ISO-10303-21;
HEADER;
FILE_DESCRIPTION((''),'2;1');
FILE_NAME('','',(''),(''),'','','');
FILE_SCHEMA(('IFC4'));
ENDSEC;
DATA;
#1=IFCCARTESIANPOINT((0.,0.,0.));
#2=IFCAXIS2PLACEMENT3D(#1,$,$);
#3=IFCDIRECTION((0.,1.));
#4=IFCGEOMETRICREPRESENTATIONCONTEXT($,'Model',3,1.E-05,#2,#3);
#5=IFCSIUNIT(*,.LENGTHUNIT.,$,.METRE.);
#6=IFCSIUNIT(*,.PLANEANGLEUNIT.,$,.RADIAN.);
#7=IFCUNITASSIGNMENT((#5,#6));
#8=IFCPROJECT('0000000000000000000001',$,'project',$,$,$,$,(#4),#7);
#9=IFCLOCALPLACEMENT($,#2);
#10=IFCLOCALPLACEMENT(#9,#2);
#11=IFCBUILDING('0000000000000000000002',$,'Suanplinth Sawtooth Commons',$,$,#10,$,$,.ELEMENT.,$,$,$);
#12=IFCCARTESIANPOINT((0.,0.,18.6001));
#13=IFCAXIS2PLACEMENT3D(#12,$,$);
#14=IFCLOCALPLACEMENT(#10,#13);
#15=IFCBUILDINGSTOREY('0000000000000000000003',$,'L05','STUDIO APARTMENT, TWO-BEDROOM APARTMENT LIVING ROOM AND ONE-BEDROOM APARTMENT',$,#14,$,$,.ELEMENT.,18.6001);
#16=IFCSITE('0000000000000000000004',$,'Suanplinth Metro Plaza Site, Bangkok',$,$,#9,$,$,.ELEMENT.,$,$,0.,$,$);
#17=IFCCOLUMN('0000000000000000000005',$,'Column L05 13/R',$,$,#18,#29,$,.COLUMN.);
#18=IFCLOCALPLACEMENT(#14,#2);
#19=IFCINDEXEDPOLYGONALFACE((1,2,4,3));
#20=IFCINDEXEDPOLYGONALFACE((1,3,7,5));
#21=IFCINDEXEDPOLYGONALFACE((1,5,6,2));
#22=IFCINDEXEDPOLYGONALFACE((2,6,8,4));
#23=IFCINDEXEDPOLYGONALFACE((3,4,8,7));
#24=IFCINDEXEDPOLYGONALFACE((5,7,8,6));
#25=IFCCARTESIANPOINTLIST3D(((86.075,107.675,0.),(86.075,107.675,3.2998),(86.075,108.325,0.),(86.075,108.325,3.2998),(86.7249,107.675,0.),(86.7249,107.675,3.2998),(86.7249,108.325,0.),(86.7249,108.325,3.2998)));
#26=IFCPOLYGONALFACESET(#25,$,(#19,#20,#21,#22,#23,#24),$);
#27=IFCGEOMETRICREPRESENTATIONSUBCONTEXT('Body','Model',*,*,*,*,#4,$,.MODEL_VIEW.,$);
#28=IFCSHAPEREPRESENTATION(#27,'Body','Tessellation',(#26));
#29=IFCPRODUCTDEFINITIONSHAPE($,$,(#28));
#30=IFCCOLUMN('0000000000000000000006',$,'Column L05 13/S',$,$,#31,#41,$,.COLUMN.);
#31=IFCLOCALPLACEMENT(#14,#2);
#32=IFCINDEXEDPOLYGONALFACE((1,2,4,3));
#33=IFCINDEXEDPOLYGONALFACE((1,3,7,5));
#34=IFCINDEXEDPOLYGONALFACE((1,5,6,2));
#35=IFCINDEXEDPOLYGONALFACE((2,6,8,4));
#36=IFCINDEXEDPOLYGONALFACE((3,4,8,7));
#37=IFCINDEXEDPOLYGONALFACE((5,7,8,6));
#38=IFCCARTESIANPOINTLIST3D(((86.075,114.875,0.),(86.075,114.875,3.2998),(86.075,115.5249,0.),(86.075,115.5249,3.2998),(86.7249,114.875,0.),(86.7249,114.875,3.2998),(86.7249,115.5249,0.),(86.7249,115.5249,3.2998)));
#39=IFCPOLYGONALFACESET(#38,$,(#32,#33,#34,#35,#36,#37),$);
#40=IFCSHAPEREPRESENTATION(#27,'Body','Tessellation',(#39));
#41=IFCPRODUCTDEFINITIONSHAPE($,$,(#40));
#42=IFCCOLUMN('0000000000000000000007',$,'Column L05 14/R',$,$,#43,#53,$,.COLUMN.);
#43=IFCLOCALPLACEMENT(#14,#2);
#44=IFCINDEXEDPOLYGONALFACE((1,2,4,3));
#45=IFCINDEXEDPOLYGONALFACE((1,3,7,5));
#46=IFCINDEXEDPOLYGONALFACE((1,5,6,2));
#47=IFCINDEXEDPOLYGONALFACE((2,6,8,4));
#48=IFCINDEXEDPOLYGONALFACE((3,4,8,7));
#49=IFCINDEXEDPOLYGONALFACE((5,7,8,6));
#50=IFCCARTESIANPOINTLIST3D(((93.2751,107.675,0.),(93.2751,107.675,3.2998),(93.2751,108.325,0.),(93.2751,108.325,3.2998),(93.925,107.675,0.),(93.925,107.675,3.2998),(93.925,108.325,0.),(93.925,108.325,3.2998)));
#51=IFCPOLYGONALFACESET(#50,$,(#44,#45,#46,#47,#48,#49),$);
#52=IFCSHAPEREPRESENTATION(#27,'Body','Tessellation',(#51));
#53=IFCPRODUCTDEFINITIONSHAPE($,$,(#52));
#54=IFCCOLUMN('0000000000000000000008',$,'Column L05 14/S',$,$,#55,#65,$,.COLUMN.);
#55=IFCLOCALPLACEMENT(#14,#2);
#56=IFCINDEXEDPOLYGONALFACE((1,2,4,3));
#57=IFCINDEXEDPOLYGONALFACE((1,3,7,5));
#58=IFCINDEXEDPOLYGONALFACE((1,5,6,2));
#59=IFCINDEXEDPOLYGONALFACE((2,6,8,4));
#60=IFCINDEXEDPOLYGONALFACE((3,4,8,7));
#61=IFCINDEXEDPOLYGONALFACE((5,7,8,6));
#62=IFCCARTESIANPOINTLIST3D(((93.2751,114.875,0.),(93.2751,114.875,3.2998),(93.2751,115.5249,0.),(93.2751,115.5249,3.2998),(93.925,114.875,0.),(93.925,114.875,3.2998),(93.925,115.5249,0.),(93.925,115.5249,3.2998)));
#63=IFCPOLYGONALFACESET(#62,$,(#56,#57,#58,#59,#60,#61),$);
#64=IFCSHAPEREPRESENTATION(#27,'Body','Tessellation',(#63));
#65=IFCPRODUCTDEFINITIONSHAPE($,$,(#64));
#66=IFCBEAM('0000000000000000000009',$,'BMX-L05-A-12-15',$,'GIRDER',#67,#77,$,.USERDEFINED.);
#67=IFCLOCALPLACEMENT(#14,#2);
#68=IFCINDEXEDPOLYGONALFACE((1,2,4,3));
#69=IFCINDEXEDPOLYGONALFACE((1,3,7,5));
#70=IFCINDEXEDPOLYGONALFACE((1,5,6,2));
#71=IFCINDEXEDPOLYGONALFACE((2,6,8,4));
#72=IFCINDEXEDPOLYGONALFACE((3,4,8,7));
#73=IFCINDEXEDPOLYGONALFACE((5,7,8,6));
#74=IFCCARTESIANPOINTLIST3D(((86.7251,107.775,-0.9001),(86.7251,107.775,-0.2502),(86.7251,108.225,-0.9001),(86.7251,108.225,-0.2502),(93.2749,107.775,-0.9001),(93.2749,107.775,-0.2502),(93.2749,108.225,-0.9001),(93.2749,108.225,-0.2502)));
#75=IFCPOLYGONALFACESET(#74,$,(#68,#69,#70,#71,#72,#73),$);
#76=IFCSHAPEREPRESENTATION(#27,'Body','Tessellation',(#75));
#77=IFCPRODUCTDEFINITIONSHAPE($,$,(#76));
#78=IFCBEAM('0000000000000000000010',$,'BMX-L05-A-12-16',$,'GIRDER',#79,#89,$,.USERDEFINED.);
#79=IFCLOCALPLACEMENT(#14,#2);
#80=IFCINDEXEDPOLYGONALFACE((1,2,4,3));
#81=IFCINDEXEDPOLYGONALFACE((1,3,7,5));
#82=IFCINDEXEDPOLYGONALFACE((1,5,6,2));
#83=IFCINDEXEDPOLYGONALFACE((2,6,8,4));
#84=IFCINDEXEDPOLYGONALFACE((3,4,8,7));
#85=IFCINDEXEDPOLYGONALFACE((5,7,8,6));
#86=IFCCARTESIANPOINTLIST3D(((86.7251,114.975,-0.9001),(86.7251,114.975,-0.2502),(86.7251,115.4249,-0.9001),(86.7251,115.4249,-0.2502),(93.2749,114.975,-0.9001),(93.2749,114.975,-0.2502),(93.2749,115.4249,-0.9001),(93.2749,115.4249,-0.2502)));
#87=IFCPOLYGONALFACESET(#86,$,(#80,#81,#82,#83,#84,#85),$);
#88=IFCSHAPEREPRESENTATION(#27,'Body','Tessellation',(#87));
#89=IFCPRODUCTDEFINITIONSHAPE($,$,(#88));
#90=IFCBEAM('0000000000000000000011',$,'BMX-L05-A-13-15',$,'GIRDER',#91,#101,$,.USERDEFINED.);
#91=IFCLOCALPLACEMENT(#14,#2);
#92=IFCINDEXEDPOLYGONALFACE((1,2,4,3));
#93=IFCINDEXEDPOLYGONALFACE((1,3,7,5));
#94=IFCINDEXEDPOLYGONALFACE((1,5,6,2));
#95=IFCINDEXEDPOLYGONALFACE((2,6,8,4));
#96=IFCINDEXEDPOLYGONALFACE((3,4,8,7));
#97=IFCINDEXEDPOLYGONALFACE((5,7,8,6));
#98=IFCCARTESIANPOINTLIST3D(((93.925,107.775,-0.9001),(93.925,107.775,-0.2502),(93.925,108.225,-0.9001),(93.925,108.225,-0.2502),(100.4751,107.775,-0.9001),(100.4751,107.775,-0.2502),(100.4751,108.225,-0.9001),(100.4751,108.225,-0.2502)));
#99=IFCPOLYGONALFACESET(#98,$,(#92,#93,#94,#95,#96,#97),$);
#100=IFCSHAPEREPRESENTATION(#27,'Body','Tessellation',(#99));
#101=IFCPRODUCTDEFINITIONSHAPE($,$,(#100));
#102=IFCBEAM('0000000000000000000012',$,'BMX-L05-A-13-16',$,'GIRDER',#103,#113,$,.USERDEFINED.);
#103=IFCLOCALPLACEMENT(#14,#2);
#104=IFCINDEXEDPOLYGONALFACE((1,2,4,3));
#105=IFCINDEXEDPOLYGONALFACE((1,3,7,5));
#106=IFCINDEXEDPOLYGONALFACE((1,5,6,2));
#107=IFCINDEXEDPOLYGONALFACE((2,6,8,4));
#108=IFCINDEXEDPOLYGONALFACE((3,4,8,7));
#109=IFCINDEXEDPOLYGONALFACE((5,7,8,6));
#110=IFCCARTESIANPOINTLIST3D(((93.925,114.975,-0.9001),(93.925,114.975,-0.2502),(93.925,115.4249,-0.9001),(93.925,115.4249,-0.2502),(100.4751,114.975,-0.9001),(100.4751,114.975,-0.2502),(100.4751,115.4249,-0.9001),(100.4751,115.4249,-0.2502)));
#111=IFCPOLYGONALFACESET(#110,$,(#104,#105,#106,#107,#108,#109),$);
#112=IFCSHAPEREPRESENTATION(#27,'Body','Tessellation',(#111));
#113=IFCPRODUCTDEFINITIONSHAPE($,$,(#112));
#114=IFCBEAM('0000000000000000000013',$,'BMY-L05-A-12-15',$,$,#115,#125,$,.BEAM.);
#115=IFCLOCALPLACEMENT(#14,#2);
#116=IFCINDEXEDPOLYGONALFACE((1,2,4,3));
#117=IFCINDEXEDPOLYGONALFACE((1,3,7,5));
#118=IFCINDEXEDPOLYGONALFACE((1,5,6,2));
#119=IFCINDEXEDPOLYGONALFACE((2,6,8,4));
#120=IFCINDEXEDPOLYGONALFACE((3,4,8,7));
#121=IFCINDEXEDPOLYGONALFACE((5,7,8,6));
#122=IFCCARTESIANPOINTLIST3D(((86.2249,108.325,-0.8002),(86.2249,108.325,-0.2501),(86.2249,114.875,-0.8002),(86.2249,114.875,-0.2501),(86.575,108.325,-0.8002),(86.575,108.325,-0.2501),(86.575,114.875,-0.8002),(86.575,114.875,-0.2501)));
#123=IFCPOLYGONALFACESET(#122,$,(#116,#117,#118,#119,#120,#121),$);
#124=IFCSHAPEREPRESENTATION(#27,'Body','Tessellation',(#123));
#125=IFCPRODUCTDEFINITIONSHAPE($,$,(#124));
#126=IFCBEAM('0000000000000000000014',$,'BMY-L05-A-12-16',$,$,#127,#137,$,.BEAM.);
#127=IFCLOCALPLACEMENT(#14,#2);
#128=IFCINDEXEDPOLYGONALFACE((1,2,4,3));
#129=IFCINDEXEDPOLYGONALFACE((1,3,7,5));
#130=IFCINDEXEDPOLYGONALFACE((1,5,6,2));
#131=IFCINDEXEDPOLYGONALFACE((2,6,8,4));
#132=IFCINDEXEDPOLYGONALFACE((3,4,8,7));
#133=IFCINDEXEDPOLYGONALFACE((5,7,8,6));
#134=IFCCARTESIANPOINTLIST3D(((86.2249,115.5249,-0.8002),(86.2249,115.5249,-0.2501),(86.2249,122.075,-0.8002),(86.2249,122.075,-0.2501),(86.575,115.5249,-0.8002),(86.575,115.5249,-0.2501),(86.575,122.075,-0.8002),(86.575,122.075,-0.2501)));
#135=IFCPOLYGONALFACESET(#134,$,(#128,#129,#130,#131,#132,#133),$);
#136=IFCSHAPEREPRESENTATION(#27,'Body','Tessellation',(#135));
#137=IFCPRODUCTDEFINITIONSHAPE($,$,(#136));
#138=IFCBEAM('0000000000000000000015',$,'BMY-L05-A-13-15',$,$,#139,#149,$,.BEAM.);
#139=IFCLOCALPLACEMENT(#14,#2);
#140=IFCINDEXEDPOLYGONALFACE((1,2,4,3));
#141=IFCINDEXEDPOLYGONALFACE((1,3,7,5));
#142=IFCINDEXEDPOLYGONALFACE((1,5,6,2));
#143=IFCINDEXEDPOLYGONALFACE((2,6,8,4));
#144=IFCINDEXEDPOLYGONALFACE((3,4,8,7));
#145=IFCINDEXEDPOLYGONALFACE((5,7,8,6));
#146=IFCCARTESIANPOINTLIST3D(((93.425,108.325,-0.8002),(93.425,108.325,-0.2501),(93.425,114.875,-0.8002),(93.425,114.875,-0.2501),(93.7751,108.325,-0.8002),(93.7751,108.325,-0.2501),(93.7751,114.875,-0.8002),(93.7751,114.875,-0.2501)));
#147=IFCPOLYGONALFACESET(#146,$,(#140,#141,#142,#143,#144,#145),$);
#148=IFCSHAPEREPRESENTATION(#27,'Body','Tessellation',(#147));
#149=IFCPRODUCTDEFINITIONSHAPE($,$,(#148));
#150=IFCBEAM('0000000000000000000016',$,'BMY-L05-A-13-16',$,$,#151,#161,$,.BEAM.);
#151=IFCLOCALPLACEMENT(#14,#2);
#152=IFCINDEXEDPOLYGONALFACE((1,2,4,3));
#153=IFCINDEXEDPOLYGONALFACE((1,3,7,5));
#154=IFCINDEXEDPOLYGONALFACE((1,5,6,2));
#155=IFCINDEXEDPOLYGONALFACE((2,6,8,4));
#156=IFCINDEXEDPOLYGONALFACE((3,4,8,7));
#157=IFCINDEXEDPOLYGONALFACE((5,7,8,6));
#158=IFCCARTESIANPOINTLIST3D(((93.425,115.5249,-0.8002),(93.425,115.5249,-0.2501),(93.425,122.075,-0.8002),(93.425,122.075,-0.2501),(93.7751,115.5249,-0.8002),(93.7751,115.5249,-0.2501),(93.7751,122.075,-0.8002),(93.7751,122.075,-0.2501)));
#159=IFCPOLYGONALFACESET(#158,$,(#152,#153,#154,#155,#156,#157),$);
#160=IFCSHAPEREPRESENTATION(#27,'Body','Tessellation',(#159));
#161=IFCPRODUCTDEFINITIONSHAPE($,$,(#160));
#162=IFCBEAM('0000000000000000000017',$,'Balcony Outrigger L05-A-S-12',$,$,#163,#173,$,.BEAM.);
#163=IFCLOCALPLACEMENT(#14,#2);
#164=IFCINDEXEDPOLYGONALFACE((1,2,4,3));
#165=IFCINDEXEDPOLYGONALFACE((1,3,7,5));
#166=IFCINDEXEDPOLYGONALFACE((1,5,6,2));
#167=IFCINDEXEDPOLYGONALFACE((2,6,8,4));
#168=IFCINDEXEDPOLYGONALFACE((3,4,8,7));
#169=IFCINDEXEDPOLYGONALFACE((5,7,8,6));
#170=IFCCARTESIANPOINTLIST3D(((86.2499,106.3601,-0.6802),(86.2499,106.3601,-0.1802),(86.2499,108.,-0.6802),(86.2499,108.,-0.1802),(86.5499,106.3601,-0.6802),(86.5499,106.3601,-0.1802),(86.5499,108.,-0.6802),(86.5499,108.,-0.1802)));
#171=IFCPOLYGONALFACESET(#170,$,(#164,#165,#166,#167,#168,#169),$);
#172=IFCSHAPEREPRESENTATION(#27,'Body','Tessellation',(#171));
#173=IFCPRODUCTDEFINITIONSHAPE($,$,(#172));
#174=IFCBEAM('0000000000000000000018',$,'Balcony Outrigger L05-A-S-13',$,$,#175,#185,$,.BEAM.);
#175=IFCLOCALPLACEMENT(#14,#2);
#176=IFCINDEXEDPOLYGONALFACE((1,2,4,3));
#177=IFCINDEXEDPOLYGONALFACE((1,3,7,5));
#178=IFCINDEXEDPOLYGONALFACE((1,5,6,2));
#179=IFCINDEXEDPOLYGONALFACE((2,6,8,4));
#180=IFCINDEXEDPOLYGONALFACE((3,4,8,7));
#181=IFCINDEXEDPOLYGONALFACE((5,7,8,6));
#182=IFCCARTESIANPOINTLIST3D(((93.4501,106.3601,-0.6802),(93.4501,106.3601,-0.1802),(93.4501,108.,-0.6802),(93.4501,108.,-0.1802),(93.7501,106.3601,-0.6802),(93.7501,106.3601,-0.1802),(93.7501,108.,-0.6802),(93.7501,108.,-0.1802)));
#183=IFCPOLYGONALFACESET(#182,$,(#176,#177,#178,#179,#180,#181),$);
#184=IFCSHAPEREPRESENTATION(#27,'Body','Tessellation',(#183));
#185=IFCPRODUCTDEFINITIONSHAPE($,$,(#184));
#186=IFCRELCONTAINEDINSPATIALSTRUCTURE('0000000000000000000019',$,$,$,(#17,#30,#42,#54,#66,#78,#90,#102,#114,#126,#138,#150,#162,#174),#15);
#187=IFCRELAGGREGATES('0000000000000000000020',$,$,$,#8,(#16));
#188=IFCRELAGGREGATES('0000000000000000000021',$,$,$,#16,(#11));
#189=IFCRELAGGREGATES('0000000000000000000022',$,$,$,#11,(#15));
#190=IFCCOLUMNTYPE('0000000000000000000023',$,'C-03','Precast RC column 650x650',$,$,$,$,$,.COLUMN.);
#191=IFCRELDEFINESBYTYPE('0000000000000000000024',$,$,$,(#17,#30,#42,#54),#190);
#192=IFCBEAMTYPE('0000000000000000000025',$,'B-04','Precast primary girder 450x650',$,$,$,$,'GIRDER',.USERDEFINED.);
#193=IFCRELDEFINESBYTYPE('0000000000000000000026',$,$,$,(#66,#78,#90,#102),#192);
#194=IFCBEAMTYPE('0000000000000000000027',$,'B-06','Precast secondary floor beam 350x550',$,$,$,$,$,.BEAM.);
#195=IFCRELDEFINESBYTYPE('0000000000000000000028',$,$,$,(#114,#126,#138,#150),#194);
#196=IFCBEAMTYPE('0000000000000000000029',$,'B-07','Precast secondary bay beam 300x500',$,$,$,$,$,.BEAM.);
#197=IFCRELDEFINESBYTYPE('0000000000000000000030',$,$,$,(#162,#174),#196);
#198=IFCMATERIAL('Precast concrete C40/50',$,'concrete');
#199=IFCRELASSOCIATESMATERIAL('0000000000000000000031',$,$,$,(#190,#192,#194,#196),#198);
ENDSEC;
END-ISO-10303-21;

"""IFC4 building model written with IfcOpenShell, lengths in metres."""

from ifc_helpers import new_model, si_unit, direction, frame, origin, origin_2d, place, context, subcontext, project, spatial, rectangle, extrude, material, material_profile, profile_set, type_object, element, save


model = new_model("IFC4")

# Units and contexts
model_context = context("Model", 3, precision=1e-05, world=origin(), true_north=direction((0.0, 1.0)))
body_context = subcontext(model_context, "Body", "Model", "MODEL_VIEW")
ifc_project = project(units=[si_unit("LENGTHUNIT", "METRE"), si_unit("PLANEANGLEUNIT", "RADIAN")], contexts=[model_context])

# Site, building, storey
site_placement = place(None, origin())
site = spatial("IfcSite", under=ifc_project, at=site_placement, Name="Suanplinth Metro Plaza Site, Bangkok", CompositionType="ELEMENT", RefElevation=0.0)
building_placement = place(site_placement, origin())
building = spatial("IfcBuilding", under=site, at=building_placement, Name="Suanplinth Sawtooth Commons", CompositionType="ELEMENT")
storey_placement = place(building_placement, frame((0.0, 0.0, 18.6001)))
storey = spatial("IfcBuildingStorey", under=building, at=storey_placement, Name="L05", Description="STUDIO APARTMENT, TWO-BEDROOM APARTMENT LIVING ROOM AND ONE-BEDROOM APARTMENT", CompositionType="ELEMENT", Elevation=18.6001)

# Columns
ifc_material_1 = material(Name="Precast concrete C40/50", Category="concrete")
ifc_material_profile_1 = material_profile(ifc_material_1, rectangle(XDim=0.6499, YDim=0.6499, at=origin_2d()), Name="PC-COL 650x650")
ifc_profile_set_1 = profile_set([ifc_material_profile_1], Name="Precast concrete C40/50")
column_type = type_object("IfcColumnType", Name="C-03", Description="Precast RC column 650x650", PredefinedType="COLUMN", material=ifc_profile_set_1)
for number, where, z_axis, x_axis, name in (
    (1, (86.3999, 108.0, 0.0), (0.0, 0.0, 1.0), (1.0, 0.0, 0.0), "Column L05 13/R"),
    (2, (86.3999, 115.2, 0.0), (0.0, 0.0, 1.0), (1.0, 0.0, 0.0), "Column L05 13/S"),
    (3, (93.6001, 108.0, 0.0), (0.0, 0.0, 1.0), (1.0, 0.0, 0.0), "Column L05 14/R"),
    (4, (93.6001, 115.2, 0.0), (0.0, 0.0, 1.0), (1.0, 0.0, 0.0), "Column L05 14/S"),
):
    element("IfcColumn", number, at=place(storey_placement, frame(where, z_axis=z_axis, x_axis=x_axis)), inside=storey, type_object=column_type, Name=name, PredefinedType="COLUMN", context=body_context, shape_type="SweptSolid", body=[
        extrude(rectangle(XDim=0.6499, YDim=0.6499, at=origin_2d()), origin(), (0.0, 0.0, 1.0), 3.2998),
    ])

# Beams
ifc_material_profile_2 = material_profile(ifc_material_1, rectangle(XDim=0.45, YDim=0.6499, at=origin_2d()), Name="PC-GDR 450x650")
ifc_profile_set_2 = profile_set([ifc_material_profile_2], Name="Precast concrete C40/50")
beam_type_1 = type_object("IfcBeamType", Name="B-04", Description="Precast primary girder 450x650", ElementType="GIRDER", PredefinedType="USERDEFINED", material=ifc_profile_set_2)
for number, where, z_axis, x_axis, name in (
    (5, (86.7251, 108.0, -0.5752), (1.0, 0.0, 0.0), (0.0, 1.0, 0.0), "BMX-L05-A-12-15"),
    (6, (86.7251, 115.2, -0.5752), (1.0, 0.0, 0.0), (0.0, 1.0, 0.0), "BMX-L05-A-12-16"),
):
    element("IfcBeam", number, at=place(storey_placement, frame(where, z_axis=z_axis, x_axis=x_axis)), inside=storey, type_object=beam_type_1, Name=name, ObjectType="GIRDER", PredefinedType="USERDEFINED", context=body_context, shape_type="SweptSolid", body=[
        extrude(rectangle(XDim=0.45, YDim=0.6499, at=origin_2d()), origin(), (0.0, 0.0, 1.0), 6.5498),
    ])
for number, where, z_axis, x_axis, name in (
    (7, (93.925, 108.0, -0.5752), (1.0, 0.0, 0.0), (0.0, 1.0, 0.0), "BMX-L05-A-13-15"),
    (8, (93.925, 115.2, -0.5752), (1.0, 0.0, 0.0), (0.0, 1.0, 0.0), "BMX-L05-A-13-16"),
):
    element("IfcBeam", number, at=place(storey_placement, frame(where, z_axis=z_axis, x_axis=x_axis)), inside=storey, type_object=beam_type_1, Name=name, ObjectType="GIRDER", PredefinedType="USERDEFINED", context=body_context, shape_type="SweptSolid", body=[
        extrude(rectangle(XDim=0.45, YDim=0.6499, at=origin_2d()), origin(), (0.0, 0.0, 1.0), 6.55),
    ])
ifc_material_profile_3 = material_profile(ifc_material_1, rectangle(XDim=0.3501, YDim=0.55, at=origin_2d()), Name="PC-BM 350x550")
ifc_profile_set_3 = profile_set([ifc_material_profile_3], Name="Precast concrete C40/50")
beam_type_2 = type_object("IfcBeamType", Name="B-06", Description="Precast secondary floor beam 350x550", PredefinedType="BEAM", material=ifc_profile_set_3)
for number, where, z_axis, x_axis, name in (
    (9, (86.3999, 108.325, -0.5251), (0.0, 1.0, 0.0), (-1.0, 0.0, 0.0), "BMY-L05-A-12-15"),
    (10, (86.3999, 115.5249, -0.5251), (0.0, 1.0, 0.0), (-1.0, 0.0, 0.0), "BMY-L05-A-12-16"),
    (11, (93.6001, 108.325, -0.5251), (0.0, 1.0, 0.0), (-1.0, 0.0, 0.0), "BMY-L05-A-13-15"),
    (12, (93.6001, 115.5249, -0.5251), (0.0, 1.0, 0.0), (-1.0, 0.0, 0.0), "BMY-L05-A-13-16"),
):
    element("IfcBeam", number, at=place(storey_placement, frame(where, z_axis=z_axis, x_axis=x_axis)), inside=storey, type_object=beam_type_2, Name=name, PredefinedType="BEAM", context=body_context, shape_type="SweptSolid", body=[
        extrude(rectangle(XDim=0.3501, YDim=0.55, at=origin_2d()), origin(), (0.0, 0.0, 1.0), 6.55),
    ])
ifc_material_profile_4 = material_profile(ifc_material_1, rectangle(XDim=0.3, YDim=0.5, at=origin_2d()), Name="PC-BM 300x500")
ifc_profile_set_4 = profile_set([ifc_material_profile_4], Name="Precast concrete C40/50")
beam_type_3 = type_object("IfcBeamType", Name="B-07", Description="Precast secondary bay beam 300x500", PredefinedType="BEAM", material=ifc_profile_set_4)
for number, where, z_axis, x_axis, name in (
    (13, (86.3999, 108.0, -0.4302), (0.0, -1.0, 0.0), (1.0, 0.0, 0.0), "Balcony Outrigger L05-A-S-12"),
    (14, (93.6001, 108.0, -0.4302), (0.0, -1.0, 0.0), (1.0, 0.0, 0.0), "Balcony Outrigger L05-A-S-13"),
):
    element("IfcBeam", number, at=place(storey_placement, frame(where, z_axis=z_axis, x_axis=x_axis)), inside=storey, type_object=beam_type_3, Name=name, PredefinedType="BEAM", context=body_context, shape_type="SweptSolid", body=[
        extrude(rectangle(XDim=0.3, YDim=0.5, at=origin_2d()), origin(), (0.0, 0.0, 1.0), 1.6399),
    ])

save(model, "model.ifc")
